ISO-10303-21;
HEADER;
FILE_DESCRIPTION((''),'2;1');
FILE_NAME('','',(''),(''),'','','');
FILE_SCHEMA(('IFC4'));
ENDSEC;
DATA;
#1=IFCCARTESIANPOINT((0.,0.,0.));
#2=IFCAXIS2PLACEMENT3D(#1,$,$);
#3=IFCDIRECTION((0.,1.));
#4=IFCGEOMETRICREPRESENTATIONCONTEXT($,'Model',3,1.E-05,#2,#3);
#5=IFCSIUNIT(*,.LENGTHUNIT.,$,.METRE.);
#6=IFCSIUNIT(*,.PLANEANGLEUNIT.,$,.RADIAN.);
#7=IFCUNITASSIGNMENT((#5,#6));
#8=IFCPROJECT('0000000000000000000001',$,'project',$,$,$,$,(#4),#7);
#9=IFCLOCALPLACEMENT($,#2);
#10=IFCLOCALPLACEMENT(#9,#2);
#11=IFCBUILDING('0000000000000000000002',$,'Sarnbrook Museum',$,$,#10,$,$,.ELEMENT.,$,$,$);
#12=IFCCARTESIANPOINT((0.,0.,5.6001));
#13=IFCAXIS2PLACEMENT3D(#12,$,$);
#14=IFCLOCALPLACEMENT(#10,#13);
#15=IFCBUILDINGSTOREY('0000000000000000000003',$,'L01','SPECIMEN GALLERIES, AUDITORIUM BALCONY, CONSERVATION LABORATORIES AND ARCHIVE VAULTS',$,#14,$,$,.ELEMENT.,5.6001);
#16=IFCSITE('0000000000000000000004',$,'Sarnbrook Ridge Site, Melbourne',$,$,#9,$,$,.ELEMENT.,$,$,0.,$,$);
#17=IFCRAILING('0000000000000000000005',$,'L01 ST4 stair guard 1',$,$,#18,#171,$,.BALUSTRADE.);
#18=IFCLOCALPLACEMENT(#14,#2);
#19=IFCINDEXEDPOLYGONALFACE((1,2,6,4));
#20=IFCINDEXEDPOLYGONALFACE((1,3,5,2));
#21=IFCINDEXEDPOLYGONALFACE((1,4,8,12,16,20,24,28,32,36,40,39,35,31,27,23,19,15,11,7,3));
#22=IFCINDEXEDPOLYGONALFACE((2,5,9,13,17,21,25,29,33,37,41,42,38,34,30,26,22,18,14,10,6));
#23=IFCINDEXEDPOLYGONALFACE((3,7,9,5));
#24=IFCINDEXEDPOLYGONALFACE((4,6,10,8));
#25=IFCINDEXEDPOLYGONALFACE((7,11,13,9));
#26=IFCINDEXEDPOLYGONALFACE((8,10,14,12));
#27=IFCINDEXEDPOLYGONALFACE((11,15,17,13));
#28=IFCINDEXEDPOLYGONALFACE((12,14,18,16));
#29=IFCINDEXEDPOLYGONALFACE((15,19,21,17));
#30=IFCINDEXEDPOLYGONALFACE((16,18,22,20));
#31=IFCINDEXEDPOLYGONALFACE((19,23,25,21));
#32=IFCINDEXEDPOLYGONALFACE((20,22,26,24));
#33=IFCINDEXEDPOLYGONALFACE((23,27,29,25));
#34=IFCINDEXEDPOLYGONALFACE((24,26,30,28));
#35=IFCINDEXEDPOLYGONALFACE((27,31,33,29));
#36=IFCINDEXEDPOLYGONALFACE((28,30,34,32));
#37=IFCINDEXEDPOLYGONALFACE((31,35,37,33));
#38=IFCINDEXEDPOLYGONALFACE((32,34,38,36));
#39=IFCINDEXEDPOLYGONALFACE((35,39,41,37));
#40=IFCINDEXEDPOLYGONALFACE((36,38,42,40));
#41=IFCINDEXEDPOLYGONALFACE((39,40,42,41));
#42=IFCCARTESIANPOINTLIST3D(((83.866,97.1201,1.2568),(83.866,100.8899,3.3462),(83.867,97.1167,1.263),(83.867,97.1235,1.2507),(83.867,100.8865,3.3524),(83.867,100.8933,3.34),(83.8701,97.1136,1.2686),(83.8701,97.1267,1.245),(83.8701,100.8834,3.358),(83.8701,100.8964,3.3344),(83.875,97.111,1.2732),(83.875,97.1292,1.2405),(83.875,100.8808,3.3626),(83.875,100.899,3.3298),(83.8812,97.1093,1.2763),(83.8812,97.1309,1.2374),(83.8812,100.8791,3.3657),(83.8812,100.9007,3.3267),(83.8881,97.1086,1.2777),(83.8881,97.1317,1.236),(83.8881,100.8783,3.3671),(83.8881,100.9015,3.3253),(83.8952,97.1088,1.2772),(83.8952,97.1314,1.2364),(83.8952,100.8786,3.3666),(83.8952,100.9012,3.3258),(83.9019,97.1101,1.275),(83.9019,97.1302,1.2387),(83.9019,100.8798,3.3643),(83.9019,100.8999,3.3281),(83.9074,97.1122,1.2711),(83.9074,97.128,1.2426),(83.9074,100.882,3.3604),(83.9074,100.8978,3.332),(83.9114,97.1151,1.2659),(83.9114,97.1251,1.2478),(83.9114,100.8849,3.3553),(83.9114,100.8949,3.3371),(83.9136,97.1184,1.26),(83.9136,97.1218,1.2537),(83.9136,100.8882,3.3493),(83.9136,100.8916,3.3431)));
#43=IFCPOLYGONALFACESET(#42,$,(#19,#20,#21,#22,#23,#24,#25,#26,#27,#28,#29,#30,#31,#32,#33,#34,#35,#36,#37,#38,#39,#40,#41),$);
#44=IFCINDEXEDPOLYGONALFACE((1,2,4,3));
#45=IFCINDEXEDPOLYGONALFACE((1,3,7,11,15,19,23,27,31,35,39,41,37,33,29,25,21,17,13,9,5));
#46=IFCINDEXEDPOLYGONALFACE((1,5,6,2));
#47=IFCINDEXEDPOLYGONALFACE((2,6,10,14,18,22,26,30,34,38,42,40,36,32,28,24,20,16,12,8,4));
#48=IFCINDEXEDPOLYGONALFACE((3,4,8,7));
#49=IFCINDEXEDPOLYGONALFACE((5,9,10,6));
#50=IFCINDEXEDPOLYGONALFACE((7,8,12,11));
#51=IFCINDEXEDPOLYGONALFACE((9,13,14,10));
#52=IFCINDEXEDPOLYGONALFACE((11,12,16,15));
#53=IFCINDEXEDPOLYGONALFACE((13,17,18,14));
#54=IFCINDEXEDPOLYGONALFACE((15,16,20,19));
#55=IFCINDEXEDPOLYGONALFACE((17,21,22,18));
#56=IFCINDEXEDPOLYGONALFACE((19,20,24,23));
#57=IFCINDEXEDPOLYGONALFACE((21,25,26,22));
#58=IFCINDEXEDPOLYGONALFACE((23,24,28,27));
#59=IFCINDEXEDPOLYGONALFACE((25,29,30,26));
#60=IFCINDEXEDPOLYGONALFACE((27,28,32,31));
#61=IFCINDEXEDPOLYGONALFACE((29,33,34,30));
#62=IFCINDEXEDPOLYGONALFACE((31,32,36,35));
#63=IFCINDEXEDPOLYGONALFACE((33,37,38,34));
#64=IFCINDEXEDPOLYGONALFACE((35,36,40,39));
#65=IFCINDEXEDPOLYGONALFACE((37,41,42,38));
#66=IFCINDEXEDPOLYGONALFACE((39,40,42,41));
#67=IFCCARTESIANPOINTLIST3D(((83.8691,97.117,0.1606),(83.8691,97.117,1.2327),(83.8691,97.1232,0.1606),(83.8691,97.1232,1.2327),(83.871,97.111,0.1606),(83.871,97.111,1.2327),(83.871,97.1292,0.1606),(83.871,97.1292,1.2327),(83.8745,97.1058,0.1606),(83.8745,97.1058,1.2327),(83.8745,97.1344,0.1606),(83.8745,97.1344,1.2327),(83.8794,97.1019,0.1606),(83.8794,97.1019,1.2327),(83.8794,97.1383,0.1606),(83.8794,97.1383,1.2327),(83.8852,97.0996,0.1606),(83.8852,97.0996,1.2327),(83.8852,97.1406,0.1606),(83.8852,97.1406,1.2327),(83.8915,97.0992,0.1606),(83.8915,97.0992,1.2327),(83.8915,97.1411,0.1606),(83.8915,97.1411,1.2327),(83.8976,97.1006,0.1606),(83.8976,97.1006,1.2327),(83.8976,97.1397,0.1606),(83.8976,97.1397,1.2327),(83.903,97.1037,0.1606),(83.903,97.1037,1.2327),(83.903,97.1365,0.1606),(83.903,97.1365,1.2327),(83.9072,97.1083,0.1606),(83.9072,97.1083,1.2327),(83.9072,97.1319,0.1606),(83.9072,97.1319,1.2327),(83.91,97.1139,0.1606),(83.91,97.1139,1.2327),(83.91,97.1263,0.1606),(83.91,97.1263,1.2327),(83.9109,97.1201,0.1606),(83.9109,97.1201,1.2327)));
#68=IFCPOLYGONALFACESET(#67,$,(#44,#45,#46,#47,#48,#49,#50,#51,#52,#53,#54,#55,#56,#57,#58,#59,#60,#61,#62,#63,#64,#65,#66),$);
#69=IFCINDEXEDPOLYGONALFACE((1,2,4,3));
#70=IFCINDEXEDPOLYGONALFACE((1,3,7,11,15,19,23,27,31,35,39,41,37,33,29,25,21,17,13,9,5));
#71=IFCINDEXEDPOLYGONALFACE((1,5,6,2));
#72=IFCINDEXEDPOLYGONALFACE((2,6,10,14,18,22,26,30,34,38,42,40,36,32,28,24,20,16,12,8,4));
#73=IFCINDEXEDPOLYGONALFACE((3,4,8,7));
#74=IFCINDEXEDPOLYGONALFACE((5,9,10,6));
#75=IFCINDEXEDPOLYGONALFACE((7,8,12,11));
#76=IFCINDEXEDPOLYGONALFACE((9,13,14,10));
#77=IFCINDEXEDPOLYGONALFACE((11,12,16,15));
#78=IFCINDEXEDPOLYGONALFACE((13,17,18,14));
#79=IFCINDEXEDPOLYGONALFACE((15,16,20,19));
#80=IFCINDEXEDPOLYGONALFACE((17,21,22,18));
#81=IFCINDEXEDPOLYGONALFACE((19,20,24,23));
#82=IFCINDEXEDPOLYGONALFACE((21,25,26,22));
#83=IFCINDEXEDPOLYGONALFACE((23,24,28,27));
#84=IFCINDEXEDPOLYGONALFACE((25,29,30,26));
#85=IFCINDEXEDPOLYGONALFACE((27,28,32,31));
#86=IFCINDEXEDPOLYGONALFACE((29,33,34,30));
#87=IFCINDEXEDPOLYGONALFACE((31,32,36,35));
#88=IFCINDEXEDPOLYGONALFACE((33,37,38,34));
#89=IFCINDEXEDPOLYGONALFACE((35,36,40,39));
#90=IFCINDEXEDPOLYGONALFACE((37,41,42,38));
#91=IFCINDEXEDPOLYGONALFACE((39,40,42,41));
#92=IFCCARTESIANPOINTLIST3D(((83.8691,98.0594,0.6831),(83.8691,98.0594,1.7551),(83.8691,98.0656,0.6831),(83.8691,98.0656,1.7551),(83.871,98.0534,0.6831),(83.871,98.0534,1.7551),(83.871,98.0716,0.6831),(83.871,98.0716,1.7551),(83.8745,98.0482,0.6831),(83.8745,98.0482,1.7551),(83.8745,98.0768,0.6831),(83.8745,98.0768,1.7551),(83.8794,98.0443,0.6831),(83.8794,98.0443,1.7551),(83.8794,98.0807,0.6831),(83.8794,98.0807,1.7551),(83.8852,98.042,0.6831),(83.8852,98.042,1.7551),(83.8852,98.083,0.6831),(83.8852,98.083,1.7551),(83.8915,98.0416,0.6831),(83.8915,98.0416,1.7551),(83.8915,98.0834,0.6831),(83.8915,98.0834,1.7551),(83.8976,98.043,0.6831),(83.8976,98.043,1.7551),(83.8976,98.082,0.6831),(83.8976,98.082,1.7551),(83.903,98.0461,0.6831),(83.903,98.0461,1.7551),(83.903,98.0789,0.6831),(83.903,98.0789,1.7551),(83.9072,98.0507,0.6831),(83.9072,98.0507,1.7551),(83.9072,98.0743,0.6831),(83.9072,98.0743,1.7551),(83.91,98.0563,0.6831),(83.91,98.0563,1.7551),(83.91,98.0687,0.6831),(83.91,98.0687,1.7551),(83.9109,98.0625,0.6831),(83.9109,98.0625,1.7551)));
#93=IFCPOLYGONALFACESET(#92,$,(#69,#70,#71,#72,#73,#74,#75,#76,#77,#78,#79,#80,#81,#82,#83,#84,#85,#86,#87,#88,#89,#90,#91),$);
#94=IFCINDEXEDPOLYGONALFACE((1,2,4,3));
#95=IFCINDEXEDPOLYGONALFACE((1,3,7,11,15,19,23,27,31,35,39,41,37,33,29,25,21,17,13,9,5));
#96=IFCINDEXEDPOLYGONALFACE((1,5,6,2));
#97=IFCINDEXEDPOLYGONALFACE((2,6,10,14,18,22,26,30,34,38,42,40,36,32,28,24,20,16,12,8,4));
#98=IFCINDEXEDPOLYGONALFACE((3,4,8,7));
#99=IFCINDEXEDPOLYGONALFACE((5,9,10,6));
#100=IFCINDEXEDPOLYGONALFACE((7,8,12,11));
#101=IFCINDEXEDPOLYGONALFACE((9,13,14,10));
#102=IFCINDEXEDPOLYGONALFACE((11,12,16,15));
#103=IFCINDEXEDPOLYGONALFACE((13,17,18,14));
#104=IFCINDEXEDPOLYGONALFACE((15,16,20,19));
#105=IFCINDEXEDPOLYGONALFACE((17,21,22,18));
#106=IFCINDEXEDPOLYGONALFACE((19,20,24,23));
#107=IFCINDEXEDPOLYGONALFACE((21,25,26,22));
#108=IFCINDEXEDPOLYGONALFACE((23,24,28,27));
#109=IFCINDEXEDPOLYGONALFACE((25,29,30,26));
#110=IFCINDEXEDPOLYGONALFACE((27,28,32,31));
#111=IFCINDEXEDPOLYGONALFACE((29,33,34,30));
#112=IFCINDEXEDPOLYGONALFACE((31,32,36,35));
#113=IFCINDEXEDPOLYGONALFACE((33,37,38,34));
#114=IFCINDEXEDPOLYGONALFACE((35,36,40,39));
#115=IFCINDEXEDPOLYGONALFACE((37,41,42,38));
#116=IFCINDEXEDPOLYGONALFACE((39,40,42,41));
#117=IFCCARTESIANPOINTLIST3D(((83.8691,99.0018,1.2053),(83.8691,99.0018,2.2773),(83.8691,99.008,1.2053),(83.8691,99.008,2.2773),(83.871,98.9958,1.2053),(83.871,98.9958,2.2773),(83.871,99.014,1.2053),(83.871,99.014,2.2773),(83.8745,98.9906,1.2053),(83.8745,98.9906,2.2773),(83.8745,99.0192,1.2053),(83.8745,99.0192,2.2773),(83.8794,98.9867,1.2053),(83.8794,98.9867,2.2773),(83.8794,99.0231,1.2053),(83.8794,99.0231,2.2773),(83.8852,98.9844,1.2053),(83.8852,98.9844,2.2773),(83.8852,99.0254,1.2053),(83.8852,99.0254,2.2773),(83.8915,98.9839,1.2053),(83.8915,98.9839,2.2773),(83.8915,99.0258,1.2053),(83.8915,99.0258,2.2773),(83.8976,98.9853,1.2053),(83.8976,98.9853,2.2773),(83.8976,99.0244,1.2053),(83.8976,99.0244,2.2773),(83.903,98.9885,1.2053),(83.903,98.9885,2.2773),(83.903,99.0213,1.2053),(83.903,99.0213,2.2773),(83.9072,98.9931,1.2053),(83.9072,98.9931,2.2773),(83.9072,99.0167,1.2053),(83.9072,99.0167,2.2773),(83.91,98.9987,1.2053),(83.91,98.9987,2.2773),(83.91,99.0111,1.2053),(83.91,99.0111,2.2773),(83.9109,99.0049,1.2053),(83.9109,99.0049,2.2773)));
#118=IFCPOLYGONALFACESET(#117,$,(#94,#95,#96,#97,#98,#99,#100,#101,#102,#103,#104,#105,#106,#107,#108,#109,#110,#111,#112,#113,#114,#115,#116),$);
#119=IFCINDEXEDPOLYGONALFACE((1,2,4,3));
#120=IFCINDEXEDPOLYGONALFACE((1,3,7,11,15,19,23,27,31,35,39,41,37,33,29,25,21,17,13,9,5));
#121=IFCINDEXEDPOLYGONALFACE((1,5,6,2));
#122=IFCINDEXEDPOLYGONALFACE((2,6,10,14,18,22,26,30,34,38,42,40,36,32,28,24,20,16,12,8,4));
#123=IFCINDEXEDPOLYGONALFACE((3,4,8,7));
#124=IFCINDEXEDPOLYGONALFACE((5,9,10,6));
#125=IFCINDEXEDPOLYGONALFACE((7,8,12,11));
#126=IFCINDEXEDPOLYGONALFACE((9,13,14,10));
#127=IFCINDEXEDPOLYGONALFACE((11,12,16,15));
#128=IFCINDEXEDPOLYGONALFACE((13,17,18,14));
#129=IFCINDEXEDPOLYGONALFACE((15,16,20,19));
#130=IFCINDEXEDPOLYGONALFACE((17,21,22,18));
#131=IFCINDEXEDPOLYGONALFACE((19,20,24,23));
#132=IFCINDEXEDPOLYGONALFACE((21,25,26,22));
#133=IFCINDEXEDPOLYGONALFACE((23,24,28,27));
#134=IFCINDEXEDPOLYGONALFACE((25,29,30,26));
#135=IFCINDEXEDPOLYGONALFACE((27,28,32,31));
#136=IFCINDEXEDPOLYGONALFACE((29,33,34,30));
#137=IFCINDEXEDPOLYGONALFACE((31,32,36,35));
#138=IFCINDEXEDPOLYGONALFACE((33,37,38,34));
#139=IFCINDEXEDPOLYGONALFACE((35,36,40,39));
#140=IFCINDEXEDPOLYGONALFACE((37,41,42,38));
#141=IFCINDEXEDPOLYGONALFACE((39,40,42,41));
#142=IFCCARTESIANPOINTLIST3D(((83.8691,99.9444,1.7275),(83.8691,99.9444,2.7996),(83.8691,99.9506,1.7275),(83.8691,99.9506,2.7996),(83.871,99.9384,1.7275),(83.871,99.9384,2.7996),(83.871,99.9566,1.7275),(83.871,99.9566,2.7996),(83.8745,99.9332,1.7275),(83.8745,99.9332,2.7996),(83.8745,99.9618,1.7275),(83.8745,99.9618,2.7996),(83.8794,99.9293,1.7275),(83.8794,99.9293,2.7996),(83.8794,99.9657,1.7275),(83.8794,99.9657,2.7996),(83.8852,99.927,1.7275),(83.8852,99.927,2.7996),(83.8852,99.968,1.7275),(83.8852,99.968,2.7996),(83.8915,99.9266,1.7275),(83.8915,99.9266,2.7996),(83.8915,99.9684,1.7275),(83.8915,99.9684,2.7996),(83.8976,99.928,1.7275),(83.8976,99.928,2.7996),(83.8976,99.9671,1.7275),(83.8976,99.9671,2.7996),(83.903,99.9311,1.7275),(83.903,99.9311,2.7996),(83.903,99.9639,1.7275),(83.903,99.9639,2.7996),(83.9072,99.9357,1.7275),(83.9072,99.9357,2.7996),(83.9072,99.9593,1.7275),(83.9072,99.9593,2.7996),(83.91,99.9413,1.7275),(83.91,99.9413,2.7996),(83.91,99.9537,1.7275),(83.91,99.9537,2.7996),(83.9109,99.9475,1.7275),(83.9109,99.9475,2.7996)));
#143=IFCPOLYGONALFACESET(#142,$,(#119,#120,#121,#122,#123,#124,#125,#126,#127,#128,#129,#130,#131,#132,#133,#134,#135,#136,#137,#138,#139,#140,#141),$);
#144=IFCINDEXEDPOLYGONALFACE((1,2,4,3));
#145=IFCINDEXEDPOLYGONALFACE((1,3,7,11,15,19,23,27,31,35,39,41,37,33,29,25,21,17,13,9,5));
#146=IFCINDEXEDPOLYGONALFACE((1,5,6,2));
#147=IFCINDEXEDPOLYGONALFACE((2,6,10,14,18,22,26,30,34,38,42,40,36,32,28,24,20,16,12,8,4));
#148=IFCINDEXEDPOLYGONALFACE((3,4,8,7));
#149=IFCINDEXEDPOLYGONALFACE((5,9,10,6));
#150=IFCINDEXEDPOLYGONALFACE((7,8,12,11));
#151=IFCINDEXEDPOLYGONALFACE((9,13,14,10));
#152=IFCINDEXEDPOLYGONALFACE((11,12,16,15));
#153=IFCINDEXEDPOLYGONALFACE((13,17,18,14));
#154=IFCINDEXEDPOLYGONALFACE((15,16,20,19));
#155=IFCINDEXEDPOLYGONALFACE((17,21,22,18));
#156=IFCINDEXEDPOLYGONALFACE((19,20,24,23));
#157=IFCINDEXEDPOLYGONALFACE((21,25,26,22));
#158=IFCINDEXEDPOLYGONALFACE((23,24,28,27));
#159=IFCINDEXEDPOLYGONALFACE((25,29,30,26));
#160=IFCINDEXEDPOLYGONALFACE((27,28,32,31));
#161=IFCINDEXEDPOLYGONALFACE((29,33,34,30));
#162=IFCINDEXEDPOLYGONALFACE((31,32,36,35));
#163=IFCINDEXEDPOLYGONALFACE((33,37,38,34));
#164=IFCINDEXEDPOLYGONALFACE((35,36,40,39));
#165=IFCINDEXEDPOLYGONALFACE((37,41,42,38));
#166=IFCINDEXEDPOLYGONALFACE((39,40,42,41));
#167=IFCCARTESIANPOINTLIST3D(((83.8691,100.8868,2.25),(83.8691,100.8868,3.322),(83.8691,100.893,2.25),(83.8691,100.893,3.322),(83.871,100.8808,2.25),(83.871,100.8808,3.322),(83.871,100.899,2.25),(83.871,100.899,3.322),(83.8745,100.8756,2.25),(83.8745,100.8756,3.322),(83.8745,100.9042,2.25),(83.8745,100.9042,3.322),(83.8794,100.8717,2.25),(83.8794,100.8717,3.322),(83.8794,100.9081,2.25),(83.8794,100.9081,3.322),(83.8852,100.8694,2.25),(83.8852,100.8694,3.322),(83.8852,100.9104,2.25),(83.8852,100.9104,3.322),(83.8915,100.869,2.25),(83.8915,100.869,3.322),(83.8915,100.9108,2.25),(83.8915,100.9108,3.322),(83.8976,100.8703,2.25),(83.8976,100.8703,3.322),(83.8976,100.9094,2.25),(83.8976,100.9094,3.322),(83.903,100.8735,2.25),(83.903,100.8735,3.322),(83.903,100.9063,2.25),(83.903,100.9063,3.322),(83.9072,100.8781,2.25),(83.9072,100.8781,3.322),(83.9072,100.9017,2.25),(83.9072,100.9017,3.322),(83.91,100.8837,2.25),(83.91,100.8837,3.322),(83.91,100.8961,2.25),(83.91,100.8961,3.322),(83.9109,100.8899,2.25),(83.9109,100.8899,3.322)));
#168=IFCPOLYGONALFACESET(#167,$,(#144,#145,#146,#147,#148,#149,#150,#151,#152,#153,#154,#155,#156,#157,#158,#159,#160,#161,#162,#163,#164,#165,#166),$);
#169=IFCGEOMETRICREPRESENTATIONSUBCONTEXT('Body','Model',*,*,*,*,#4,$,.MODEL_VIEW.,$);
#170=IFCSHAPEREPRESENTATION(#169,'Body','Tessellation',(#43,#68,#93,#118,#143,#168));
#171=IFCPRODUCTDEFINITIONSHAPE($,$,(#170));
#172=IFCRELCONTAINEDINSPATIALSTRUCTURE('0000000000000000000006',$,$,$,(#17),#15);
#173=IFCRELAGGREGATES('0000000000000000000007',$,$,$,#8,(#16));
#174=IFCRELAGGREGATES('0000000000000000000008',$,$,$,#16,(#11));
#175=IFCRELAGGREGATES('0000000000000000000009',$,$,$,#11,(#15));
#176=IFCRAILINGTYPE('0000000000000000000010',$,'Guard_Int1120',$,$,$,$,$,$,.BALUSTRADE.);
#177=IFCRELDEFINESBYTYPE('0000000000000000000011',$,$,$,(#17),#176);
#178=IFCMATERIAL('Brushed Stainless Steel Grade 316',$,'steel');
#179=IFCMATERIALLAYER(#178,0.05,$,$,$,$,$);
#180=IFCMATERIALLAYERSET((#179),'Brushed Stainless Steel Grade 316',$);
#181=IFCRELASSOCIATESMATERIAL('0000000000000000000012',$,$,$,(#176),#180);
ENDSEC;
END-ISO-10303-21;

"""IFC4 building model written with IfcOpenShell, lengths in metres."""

from ifc_helpers import new_model, si_unit, direction, frame, origin, origin_2d, place, context, subcontext, project, spatial, circle, extrude, material, layer, layer_set, type_object, element, save


model = new_model("IFC4")

# Units and contexts
model_context = context("Model", 3, precision=1e-05, world=origin(), true_north=direction((0.0, 1.0)))
body_context = subcontext(model_context, "Body", "Model", "MODEL_VIEW")
ifc_project = project(units=[si_unit("LENGTHUNIT", "METRE"), si_unit("PLANEANGLEUNIT", "RADIAN")], contexts=[model_context])

# Site, building, storey
site_placement = place(None, origin())
site = spatial("IfcSite", under=ifc_project, at=site_placement, Name="Sarnbrook Ridge Site, Melbourne", CompositionType="ELEMENT", RefElevation=0.0)
building_placement = place(site_placement, origin())
building = spatial("IfcBuilding", under=site, at=building_placement, Name="Sarnbrook Museum", CompositionType="ELEMENT")
storey_placement = place(building_placement, frame((0.0, 0.0, 5.6001)))
storey = spatial("IfcBuildingStorey", under=building, at=storey_placement, Name="L01", Description="SPECIMEN GALLERIES, AUDITORIUM BALCONY, CONSERVATION LABORATORIES AND ARCHIVE VAULTS", CompositionType="ELEMENT", Elevation=5.6001)

# Shared definitions
ifc_material_1 = material(Name="Brushed Stainless Steel Grade 316", Category="steel")

# Railing
ifc_layer_1 = layer(ifc_material_1, 0.05)
ifc_layer_set_1 = layer_set([ifc_layer_1], Name="Brushed Stainless Steel Grade 316")
railing_type_1 = type_object("IfcRailingType", Name="Guard_Int1120", PredefinedType="BALUSTRADE", material=ifc_layer_set_1)
railing_1_placement = place(storey_placement, frame((83.8899, 97.1201, 0.1606)))
element("IfcRailing", 1, at=railing_1_placement, inside=storey, type_object=railing_type_1, Name="L01 ST4 stair guard 1", PredefinedType="BALUSTRADE", context=body_context, shape_type="SweptSolid", body=[
    extrude(circle(Radius=0.0239, at=origin_2d()), frame((0.0, 0.0, 1.0962), z_axis=(0.0, 0.874646, 0.484763), x_axis=(-1.0, 0.0, 0.0)), (0.0, 0.0, 1.0), 4.3101),
    extrude(circle(Radius=0.021, at=origin_2d()), origin(), (0.0, 0.0, 1.0), 1.072),
    extrude(circle(Radius=0.021, at=origin_2d()), frame((0.0, 0.9424, 0.5225)), (0.0, 0.0, 1.0), 1.072),
    extrude(circle(Radius=0.021, at=origin_2d()), frame((0.0, 1.8848, 1.0447)), (0.0, 0.0, 1.0), 1.072),
    extrude(circle(Radius=0.021, at=origin_2d()), frame((0.0, 2.8274, 1.5669)), (0.0, 0.0, 1.0), 1.072),
    extrude(circle(Radius=0.021, at=origin_2d()), frame((0.0, 3.7698, 2.0894)), (0.0, 0.0, 1.0), 1.072),
])

save(model, "model.ifc")
